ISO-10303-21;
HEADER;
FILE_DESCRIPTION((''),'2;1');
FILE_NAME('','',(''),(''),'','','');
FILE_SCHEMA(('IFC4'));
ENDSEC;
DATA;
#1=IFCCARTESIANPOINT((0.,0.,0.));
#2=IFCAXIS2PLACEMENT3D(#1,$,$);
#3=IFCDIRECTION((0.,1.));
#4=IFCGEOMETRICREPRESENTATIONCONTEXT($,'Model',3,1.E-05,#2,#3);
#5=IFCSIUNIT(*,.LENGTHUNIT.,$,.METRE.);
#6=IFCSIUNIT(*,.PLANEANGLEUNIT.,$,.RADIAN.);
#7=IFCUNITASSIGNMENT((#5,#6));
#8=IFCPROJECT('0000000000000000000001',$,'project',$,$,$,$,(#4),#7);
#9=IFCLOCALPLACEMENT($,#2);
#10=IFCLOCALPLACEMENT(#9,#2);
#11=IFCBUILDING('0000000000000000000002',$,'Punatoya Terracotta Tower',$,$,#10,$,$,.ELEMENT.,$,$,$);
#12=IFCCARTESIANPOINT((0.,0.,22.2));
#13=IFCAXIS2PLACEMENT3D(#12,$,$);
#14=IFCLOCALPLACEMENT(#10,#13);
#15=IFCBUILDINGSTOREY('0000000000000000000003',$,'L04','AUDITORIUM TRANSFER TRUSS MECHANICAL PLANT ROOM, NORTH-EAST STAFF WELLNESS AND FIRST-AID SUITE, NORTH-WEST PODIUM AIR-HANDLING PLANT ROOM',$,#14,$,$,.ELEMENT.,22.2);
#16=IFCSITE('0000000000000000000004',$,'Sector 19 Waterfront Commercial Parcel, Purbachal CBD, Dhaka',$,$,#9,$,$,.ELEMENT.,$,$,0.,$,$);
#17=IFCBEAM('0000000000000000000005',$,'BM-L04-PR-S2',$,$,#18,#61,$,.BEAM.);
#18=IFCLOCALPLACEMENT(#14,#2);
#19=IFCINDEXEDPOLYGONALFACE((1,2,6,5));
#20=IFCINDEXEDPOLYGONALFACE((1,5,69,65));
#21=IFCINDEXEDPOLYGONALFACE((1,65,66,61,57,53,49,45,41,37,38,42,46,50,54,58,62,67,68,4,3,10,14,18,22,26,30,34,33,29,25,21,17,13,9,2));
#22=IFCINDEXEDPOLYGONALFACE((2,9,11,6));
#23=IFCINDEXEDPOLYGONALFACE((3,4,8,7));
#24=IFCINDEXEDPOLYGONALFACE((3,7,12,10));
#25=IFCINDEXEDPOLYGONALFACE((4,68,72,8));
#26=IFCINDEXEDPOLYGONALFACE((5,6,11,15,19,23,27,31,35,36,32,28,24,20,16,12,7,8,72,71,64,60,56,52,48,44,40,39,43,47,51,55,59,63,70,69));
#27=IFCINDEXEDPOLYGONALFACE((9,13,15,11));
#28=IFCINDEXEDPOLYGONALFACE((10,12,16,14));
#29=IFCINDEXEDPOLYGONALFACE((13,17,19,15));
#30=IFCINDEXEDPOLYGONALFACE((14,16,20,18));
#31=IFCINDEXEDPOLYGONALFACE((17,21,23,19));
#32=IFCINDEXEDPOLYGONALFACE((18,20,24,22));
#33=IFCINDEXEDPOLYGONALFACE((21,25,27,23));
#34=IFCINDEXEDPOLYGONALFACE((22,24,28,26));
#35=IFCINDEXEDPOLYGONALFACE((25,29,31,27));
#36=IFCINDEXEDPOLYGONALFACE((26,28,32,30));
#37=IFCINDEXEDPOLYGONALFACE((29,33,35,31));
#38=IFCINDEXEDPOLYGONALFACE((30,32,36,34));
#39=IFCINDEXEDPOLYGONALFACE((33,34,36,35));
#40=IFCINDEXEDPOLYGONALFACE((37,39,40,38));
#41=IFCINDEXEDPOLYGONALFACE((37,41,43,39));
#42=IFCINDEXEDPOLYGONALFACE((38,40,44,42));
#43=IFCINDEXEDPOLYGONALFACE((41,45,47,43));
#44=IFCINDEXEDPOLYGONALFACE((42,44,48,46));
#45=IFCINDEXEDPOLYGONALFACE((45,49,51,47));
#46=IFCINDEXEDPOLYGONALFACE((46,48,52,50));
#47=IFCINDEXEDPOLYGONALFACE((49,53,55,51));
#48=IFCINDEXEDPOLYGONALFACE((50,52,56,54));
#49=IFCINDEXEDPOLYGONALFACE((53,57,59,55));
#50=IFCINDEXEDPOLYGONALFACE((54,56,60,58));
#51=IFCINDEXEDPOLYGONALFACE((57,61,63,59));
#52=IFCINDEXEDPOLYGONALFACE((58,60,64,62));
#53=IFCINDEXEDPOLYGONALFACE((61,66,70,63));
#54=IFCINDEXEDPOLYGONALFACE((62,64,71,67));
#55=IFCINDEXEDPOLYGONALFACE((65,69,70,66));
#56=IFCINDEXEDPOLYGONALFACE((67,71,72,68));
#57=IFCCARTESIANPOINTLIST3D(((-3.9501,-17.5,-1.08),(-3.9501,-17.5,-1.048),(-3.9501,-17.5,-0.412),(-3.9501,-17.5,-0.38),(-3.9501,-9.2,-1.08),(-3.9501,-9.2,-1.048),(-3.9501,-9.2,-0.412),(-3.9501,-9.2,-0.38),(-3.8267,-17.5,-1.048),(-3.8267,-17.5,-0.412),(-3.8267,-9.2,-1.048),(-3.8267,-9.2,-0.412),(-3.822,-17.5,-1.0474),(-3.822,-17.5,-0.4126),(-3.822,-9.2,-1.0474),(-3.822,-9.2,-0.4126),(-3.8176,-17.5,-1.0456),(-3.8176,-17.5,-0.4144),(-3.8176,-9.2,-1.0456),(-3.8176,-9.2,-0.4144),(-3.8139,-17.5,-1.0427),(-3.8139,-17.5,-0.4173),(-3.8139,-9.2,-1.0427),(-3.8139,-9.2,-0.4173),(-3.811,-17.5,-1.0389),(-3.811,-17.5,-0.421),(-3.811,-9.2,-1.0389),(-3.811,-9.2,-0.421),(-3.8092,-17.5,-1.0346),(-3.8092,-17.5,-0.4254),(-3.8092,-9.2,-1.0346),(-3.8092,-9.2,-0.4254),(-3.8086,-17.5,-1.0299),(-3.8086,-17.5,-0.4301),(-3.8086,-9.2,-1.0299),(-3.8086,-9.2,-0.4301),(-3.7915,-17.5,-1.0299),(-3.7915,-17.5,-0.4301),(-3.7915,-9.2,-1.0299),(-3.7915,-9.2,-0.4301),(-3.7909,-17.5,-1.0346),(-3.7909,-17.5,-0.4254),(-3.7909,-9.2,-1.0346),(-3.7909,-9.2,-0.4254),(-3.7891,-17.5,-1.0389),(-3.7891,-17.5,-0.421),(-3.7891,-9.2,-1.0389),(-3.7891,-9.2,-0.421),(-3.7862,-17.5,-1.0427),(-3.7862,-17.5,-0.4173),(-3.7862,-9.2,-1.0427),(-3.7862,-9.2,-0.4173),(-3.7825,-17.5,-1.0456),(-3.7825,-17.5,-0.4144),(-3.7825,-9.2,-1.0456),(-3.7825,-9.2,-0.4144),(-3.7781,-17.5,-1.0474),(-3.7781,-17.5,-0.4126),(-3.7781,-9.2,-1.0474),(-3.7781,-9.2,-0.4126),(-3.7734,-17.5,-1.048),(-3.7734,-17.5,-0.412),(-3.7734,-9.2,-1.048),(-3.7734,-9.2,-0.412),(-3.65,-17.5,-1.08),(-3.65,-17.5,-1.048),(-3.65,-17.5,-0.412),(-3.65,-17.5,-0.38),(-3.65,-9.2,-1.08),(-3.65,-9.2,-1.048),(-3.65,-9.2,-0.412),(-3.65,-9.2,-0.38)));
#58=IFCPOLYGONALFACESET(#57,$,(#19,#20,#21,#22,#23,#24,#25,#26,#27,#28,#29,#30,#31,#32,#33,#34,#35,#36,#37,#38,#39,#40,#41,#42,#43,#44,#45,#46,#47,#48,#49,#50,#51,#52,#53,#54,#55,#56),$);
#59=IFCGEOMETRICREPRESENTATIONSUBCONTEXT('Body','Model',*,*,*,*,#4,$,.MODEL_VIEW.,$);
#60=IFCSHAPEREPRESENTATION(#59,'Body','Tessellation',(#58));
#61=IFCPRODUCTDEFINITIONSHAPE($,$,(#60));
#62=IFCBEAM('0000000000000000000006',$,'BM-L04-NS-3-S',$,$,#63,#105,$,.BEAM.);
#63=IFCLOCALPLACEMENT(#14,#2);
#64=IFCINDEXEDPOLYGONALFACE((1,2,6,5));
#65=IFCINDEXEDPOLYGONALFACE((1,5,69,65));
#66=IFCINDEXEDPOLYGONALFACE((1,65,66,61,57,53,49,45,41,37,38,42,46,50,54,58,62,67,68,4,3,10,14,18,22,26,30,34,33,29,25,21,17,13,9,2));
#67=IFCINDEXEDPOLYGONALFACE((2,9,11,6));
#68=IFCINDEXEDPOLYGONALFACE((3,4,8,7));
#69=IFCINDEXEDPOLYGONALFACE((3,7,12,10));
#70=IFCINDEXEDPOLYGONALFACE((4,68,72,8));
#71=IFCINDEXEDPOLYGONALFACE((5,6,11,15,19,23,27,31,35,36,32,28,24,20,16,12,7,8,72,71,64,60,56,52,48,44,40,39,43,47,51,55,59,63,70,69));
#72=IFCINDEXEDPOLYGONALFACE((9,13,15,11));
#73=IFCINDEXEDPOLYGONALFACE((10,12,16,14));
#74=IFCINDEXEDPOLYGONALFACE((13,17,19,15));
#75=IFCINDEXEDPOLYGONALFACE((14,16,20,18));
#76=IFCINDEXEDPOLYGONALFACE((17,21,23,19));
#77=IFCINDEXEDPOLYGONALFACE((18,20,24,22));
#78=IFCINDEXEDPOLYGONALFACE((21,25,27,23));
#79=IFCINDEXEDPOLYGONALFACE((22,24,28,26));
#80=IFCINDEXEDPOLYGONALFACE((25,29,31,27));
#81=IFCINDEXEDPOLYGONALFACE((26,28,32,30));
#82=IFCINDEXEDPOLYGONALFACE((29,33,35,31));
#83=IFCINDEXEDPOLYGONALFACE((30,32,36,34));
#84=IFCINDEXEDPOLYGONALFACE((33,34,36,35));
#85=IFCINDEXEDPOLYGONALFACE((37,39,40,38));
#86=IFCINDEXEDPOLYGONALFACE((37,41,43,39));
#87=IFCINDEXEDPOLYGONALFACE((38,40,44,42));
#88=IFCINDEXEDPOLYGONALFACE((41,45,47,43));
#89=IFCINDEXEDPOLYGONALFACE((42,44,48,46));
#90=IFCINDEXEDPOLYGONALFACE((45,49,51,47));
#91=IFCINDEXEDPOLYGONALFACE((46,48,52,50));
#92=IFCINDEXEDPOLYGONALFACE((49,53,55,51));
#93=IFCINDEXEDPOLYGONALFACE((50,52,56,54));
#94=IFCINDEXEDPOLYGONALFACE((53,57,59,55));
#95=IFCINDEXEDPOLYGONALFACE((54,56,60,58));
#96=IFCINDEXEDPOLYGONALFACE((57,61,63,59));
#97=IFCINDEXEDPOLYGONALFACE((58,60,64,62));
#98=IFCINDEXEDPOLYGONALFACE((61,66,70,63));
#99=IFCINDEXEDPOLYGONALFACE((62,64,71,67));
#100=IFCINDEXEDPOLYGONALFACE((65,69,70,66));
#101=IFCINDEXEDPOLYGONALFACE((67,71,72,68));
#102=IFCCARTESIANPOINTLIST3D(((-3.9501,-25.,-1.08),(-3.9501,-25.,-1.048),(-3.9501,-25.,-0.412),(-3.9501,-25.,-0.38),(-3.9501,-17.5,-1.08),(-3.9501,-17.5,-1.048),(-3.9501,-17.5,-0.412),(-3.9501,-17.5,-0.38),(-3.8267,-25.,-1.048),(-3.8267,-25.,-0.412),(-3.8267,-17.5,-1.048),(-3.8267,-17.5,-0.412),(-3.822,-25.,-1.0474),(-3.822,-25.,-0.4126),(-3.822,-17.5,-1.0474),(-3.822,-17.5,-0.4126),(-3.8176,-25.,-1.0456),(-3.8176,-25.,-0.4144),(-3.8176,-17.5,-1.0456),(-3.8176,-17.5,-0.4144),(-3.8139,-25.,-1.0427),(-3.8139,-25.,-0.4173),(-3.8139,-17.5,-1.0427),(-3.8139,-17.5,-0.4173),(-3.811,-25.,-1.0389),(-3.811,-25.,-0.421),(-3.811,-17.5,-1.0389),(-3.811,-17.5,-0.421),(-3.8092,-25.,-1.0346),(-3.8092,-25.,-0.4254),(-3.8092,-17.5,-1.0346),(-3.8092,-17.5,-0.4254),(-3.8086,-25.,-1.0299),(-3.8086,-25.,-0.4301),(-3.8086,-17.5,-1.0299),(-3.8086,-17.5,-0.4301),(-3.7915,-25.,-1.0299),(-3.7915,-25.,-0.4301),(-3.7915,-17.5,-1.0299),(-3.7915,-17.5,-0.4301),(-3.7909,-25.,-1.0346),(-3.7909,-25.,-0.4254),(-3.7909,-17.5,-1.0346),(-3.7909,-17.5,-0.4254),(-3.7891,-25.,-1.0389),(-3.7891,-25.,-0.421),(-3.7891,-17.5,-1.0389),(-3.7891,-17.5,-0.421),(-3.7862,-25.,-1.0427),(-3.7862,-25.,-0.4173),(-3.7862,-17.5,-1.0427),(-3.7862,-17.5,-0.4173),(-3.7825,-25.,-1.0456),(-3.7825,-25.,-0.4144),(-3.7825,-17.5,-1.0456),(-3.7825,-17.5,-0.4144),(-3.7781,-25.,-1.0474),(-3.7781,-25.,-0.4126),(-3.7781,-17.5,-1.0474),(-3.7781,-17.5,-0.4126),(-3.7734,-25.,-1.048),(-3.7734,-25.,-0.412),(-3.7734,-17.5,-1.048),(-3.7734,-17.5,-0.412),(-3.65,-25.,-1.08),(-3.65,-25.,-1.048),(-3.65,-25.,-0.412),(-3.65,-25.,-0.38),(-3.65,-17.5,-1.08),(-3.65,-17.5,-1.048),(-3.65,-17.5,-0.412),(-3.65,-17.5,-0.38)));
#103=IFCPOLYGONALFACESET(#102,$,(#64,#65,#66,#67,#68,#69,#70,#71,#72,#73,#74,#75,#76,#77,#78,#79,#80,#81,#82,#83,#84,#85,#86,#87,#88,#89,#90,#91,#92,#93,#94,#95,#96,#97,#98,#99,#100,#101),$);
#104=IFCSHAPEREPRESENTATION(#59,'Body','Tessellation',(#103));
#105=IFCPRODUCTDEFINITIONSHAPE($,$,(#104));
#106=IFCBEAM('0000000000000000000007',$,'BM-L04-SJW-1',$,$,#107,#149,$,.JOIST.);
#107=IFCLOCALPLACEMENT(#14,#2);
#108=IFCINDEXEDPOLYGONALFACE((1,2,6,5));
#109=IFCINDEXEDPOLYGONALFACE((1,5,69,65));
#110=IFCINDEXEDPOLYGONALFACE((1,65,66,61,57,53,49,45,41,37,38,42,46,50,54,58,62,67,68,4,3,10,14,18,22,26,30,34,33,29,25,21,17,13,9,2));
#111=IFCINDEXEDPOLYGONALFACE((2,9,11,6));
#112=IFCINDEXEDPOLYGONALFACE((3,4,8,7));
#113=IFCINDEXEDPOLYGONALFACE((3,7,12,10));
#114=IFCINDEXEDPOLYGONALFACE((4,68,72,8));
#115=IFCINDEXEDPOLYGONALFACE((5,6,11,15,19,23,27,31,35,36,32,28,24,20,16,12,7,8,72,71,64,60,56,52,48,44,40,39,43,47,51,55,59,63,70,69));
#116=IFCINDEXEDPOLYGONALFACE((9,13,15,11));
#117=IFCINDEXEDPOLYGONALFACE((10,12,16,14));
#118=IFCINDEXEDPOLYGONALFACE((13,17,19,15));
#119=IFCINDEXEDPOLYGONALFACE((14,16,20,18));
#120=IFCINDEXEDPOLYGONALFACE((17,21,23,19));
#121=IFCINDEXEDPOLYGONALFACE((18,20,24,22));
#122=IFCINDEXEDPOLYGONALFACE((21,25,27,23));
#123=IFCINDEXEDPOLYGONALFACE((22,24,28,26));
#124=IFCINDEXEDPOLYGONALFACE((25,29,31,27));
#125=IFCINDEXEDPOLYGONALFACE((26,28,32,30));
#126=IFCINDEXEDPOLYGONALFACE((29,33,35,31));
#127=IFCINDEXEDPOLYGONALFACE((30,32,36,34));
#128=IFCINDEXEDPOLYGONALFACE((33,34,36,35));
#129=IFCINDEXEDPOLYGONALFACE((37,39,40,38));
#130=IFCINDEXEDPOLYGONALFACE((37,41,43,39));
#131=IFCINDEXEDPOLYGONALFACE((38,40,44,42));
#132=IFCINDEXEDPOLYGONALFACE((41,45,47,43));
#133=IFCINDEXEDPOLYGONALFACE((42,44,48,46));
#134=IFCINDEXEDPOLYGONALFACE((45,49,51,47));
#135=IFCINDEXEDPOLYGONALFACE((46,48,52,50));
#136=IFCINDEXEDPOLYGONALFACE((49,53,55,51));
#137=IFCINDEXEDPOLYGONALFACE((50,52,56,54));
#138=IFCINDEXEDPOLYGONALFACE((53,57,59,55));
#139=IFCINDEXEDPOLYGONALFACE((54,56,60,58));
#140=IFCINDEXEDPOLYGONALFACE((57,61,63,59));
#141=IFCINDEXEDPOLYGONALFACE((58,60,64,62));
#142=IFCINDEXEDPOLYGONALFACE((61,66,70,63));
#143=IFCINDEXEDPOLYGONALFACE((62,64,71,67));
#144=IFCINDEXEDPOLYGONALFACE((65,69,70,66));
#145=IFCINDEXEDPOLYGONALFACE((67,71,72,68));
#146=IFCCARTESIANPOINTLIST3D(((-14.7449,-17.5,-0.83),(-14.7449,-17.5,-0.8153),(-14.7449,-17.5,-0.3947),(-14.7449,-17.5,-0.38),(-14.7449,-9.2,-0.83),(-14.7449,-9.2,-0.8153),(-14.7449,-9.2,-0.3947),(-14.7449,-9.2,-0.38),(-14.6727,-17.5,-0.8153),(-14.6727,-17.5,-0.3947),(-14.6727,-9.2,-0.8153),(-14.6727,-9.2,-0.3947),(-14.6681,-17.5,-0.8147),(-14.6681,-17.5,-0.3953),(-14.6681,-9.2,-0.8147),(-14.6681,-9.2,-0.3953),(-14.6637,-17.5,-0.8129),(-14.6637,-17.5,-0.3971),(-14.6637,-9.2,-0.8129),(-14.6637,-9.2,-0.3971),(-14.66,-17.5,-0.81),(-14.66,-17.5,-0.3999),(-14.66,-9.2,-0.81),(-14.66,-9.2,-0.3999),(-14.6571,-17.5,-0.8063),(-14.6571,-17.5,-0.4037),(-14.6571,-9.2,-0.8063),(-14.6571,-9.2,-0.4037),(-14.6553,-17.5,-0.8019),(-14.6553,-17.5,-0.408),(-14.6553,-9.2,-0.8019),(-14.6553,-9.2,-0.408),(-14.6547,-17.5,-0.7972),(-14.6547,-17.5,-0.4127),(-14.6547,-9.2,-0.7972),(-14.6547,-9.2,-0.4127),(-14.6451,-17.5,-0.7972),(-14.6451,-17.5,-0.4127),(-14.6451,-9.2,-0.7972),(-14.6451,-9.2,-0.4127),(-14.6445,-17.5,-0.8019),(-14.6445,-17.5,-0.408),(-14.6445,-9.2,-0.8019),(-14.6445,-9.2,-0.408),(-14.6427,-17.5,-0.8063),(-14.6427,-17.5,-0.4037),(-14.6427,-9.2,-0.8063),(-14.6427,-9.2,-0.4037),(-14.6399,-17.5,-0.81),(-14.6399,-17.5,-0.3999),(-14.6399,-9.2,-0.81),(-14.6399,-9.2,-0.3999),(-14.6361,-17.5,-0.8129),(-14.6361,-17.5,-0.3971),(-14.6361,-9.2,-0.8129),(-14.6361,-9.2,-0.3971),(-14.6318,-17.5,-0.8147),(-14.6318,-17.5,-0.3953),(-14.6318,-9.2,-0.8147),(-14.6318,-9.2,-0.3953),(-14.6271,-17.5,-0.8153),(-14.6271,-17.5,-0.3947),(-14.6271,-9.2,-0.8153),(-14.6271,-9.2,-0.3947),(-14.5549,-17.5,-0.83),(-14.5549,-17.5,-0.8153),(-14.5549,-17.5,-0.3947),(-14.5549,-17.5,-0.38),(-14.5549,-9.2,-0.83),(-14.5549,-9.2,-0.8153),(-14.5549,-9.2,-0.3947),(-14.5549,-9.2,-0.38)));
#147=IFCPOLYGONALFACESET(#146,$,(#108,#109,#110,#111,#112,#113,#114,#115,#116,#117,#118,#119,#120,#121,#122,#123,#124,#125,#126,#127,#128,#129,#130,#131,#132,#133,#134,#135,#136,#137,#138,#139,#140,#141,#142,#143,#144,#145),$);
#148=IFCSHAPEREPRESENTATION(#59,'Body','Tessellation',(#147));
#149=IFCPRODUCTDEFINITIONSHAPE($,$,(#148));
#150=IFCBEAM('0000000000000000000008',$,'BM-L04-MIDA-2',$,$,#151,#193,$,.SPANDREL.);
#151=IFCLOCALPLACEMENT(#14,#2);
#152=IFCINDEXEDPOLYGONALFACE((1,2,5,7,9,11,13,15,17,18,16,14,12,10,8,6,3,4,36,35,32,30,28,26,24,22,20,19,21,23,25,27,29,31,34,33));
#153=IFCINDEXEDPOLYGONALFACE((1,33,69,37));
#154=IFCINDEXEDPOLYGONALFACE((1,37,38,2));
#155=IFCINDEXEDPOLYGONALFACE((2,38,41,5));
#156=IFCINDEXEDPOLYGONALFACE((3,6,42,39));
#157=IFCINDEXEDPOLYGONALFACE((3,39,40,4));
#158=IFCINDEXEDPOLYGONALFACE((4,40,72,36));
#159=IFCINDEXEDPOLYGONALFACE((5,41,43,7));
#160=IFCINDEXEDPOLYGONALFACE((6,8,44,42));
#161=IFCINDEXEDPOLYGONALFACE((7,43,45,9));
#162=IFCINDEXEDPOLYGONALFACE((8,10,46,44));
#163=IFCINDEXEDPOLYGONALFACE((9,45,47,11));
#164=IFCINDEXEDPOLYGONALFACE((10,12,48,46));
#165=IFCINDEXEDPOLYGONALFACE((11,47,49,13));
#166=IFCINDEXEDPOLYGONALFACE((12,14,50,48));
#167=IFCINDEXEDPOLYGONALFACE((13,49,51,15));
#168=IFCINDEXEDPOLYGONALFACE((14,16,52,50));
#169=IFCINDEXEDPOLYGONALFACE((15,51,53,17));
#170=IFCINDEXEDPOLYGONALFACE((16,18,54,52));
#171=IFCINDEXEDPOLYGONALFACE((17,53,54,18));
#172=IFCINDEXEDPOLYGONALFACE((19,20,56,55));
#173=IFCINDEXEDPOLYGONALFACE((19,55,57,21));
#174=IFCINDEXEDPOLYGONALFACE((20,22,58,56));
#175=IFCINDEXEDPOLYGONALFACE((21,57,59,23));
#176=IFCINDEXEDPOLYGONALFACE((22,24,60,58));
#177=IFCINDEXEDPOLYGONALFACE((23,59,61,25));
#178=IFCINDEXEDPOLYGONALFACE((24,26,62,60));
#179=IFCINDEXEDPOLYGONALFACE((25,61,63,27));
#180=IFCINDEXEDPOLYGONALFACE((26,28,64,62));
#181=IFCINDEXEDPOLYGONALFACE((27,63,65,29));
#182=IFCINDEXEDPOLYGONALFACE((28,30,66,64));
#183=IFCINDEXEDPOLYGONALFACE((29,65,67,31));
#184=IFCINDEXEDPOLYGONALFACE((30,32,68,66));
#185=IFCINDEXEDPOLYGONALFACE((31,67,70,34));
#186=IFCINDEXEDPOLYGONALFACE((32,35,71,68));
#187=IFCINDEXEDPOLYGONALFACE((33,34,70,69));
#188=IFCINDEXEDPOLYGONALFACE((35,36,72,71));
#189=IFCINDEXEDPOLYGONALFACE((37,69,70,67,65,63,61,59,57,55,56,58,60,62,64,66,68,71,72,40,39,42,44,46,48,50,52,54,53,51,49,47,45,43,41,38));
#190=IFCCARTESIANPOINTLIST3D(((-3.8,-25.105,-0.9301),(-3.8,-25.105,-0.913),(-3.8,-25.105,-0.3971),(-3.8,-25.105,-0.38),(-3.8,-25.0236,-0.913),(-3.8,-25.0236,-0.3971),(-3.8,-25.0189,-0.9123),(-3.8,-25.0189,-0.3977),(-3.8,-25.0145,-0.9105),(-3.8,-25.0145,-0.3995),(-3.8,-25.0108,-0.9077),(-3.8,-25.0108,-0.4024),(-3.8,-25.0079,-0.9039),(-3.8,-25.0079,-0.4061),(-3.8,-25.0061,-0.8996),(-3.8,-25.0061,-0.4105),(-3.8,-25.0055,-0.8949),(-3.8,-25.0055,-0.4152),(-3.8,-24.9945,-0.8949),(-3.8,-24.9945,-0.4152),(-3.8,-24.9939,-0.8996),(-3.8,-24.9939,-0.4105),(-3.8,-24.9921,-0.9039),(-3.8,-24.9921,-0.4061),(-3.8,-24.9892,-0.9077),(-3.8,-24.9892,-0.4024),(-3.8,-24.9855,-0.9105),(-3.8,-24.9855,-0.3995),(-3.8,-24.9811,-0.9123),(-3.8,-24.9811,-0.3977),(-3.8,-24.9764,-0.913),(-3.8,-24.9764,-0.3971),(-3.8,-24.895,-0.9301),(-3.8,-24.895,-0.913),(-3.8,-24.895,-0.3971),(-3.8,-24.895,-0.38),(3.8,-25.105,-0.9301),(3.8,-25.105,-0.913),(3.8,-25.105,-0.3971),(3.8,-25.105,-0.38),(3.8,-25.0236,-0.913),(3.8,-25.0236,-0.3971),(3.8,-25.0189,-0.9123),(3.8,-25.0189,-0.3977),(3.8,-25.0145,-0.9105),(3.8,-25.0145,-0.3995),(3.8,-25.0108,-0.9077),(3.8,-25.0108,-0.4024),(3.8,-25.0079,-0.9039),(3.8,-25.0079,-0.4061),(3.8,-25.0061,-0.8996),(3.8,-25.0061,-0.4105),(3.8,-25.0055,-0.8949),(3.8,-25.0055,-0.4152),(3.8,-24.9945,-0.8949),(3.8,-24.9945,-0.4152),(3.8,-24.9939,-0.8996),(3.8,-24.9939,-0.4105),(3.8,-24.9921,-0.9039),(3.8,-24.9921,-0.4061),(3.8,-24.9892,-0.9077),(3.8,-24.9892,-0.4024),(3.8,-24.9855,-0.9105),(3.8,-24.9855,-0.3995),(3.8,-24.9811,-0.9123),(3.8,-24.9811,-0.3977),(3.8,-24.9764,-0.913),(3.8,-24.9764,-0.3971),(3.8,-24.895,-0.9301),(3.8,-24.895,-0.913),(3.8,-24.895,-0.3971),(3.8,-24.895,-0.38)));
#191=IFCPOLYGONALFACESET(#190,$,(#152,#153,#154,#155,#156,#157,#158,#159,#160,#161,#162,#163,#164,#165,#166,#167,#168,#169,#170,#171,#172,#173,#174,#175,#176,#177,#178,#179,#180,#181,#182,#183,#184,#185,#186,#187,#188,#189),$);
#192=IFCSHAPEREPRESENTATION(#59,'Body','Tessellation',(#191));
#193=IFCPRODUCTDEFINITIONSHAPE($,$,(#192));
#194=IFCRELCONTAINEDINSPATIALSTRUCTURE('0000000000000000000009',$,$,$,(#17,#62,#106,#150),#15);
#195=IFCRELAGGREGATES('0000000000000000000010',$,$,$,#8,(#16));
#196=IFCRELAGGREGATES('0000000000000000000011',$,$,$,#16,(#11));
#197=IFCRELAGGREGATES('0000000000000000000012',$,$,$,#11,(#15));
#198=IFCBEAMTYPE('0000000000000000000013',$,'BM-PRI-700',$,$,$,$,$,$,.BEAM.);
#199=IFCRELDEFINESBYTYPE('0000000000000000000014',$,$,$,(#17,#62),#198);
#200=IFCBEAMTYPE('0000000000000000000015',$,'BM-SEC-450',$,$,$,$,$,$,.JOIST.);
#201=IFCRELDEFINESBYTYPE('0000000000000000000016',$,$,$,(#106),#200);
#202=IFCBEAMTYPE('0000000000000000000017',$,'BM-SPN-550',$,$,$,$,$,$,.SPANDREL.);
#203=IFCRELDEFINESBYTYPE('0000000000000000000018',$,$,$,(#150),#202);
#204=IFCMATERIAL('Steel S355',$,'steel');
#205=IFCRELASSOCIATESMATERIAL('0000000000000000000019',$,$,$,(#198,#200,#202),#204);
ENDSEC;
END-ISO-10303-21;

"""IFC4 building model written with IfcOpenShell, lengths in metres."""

from ifc_helpers import new_model, si_unit, direction, frame, origin, origin_2d, place, context, subcontext, project, spatial, i_section, extrude, material, material_profile, profile_set, type_object, element, save


model = new_model("IFC4")

# Units and contexts
model_context = context("Model", 3, precision=1e-05, world=origin(), true_north=direction((0.0, 1.0)))
body_context = subcontext(model_context, "Body", "Model", "MODEL_VIEW")
ifc_project = project(units=[si_unit("LENGTHUNIT", "METRE"), si_unit("PLANEANGLEUNIT", "RADIAN")], contexts=[model_context])

# Site, building, storey
site_placement = place(None, origin())
site = spatial("IfcSite", under=ifc_project, at=site_placement, Name="Sector 19 Waterfront Commercial Parcel, Purbachal CBD, Dhaka", CompositionType="ELEMENT", RefElevation=0.0)
building_placement = place(site_placement, origin())
building = spatial("IfcBuilding", under=site, at=building_placement, Name="Punatoya Terracotta Tower", CompositionType="ELEMENT")
storey_placement = place(building_placement, frame((0.0, 0.0, 22.2)))
storey = spatial("IfcBuildingStorey", under=building, at=storey_placement, Name="L04", Description="AUDITORIUM TRANSFER TRUSS MECHANICAL PLANT ROOM, NORTH-EAST STAFF WELLNESS AND FIRST-AID SUITE, NORTH-WEST PODIUM AIR-HANDLING PLANT ROOM", CompositionType="ELEMENT", Elevation=22.2)

# Beams
ifc_material_1 = material(Name="Steel S355", Category="steel")
ifc_material_profile_1 = material_profile(ifc_material_1, i_section(OverallWidth=0.3, OverallDepth=0.7, WebThickness=0.0171, FlangeThickness=0.032, FilletRadius=0.0181, at=origin_2d()))
ifc_profile_set_1 = profile_set([ifc_material_profile_1], Name="Steel S355")
beam_type_1 = type_object("IfcBeamType", Name="BM-PRI-700", PredefinedType="BEAM", material=ifc_profile_set_1)
for number, where, z_axis, x_axis, name in (
    (1, (-3.8, -17.5, -0.73), (0.0, 1.0, 0.0), (-1.0, 0.0, 0.0), "BM-L04-PR-S2"),
):
    element("IfcBeam", number, at=place(storey_placement, frame(where, z_axis=z_axis, x_axis=x_axis)), inside=storey, type_object=beam_type_1, Name=name, PredefinedType="BEAM", context=body_context, shape_type="SweptSolid", body=[
        extrude(i_section(OverallWidth=0.3, OverallDepth=0.7, WebThickness=0.0171, FlangeThickness=0.032, FilletRadius=0.0181, at=origin_2d()), origin(), (0.0, 0.0, 1.0), 8.3),
    ])
beam_1_placement = place(storey_placement, frame((-3.8, -25.0, -0.73), z_axis=(0.0, 1.0, 0.0), x_axis=(-1.0, 0.0, 0.0)))
element("IfcBeam", 2, at=beam_1_placement, inside=storey, type_object=beam_type_1, Name="BM-L04-NS-3-S", PredefinedType="BEAM", context=body_context, shape_type="SweptSolid", body=[
    extrude(i_section(OverallWidth=0.3, OverallDepth=0.7, WebThickness=0.0171, FlangeThickness=0.032, FilletRadius=0.0181, at=origin_2d()), origin(), (0.0, 0.0, 1.0), 7.5),
])
ifc_material_profile_2 = material_profile(ifc_material_1, i_section(OverallWidth=0.1899, OverallDepth=0.45, WebThickness=0.0095, FlangeThickness=0.0146, FilletRadius=0.0181, at=origin_2d()))
ifc_profile_set_2 = profile_set([ifc_material_profile_2], Name="Steel S355")
beam_type_2 = type_object("IfcBeamType", Name="BM-SEC-450", PredefinedType="JOIST", material=ifc_profile_set_2)
beam_2_placement = place(storey_placement, frame((-14.6499, -17.5, -0.605), z_axis=(0.0, 1.0, 0.0), x_axis=(-1.0, 0.0, 0.0)))
element("IfcBeam", 3, at=beam_2_placement, inside=storey, type_object=beam_type_2, Name="BM-L04-SJW-1", PredefinedType="JOIST", context=body_context, shape_type="SweptSolid", body=[
    extrude(i_section(OverallWidth=0.1899, OverallDepth=0.45, WebThickness=0.0095, FlangeThickness=0.0146, FilletRadius=0.0181, at=origin_2d()), origin(), (0.0, 0.0, 1.0), 8.3),
])
ifc_material_profile_3 = material_profile(ifc_material_1, i_section(OverallWidth=0.21, OverallDepth=0.55, WebThickness=0.011, FlangeThickness=0.0171, FilletRadius=0.0181, at=origin_2d()))
ifc_profile_set_3 = profile_set([ifc_material_profile_3], Name="Steel S355")
beam_type_3 = type_object("IfcBeamType", Name="BM-SPN-550", PredefinedType="SPANDREL", material=ifc_profile_set_3)
beam_3_placement = place(storey_placement, frame((-3.8, -25.0, -0.655), z_axis=(1.0, 0.0, 0.0), x_axis=(0.0, 1.0, 0.0)))
element("IfcBeam", 4, at=beam_3_placement, inside=storey, type_object=beam_type_3, Name="BM-L04-MIDA-2", PredefinedType="SPANDREL", context=body_context, shape_type="SweptSolid", body=[
    extrude(i_section(OverallWidth=0.21, OverallDepth=0.55, WebThickness=0.011, FlangeThickness=0.0171, FilletRadius=0.0181, at=origin_2d()), origin(), (0.0, 0.0, 1.0), 7.6001),
])

save(model, "model.ifc")
